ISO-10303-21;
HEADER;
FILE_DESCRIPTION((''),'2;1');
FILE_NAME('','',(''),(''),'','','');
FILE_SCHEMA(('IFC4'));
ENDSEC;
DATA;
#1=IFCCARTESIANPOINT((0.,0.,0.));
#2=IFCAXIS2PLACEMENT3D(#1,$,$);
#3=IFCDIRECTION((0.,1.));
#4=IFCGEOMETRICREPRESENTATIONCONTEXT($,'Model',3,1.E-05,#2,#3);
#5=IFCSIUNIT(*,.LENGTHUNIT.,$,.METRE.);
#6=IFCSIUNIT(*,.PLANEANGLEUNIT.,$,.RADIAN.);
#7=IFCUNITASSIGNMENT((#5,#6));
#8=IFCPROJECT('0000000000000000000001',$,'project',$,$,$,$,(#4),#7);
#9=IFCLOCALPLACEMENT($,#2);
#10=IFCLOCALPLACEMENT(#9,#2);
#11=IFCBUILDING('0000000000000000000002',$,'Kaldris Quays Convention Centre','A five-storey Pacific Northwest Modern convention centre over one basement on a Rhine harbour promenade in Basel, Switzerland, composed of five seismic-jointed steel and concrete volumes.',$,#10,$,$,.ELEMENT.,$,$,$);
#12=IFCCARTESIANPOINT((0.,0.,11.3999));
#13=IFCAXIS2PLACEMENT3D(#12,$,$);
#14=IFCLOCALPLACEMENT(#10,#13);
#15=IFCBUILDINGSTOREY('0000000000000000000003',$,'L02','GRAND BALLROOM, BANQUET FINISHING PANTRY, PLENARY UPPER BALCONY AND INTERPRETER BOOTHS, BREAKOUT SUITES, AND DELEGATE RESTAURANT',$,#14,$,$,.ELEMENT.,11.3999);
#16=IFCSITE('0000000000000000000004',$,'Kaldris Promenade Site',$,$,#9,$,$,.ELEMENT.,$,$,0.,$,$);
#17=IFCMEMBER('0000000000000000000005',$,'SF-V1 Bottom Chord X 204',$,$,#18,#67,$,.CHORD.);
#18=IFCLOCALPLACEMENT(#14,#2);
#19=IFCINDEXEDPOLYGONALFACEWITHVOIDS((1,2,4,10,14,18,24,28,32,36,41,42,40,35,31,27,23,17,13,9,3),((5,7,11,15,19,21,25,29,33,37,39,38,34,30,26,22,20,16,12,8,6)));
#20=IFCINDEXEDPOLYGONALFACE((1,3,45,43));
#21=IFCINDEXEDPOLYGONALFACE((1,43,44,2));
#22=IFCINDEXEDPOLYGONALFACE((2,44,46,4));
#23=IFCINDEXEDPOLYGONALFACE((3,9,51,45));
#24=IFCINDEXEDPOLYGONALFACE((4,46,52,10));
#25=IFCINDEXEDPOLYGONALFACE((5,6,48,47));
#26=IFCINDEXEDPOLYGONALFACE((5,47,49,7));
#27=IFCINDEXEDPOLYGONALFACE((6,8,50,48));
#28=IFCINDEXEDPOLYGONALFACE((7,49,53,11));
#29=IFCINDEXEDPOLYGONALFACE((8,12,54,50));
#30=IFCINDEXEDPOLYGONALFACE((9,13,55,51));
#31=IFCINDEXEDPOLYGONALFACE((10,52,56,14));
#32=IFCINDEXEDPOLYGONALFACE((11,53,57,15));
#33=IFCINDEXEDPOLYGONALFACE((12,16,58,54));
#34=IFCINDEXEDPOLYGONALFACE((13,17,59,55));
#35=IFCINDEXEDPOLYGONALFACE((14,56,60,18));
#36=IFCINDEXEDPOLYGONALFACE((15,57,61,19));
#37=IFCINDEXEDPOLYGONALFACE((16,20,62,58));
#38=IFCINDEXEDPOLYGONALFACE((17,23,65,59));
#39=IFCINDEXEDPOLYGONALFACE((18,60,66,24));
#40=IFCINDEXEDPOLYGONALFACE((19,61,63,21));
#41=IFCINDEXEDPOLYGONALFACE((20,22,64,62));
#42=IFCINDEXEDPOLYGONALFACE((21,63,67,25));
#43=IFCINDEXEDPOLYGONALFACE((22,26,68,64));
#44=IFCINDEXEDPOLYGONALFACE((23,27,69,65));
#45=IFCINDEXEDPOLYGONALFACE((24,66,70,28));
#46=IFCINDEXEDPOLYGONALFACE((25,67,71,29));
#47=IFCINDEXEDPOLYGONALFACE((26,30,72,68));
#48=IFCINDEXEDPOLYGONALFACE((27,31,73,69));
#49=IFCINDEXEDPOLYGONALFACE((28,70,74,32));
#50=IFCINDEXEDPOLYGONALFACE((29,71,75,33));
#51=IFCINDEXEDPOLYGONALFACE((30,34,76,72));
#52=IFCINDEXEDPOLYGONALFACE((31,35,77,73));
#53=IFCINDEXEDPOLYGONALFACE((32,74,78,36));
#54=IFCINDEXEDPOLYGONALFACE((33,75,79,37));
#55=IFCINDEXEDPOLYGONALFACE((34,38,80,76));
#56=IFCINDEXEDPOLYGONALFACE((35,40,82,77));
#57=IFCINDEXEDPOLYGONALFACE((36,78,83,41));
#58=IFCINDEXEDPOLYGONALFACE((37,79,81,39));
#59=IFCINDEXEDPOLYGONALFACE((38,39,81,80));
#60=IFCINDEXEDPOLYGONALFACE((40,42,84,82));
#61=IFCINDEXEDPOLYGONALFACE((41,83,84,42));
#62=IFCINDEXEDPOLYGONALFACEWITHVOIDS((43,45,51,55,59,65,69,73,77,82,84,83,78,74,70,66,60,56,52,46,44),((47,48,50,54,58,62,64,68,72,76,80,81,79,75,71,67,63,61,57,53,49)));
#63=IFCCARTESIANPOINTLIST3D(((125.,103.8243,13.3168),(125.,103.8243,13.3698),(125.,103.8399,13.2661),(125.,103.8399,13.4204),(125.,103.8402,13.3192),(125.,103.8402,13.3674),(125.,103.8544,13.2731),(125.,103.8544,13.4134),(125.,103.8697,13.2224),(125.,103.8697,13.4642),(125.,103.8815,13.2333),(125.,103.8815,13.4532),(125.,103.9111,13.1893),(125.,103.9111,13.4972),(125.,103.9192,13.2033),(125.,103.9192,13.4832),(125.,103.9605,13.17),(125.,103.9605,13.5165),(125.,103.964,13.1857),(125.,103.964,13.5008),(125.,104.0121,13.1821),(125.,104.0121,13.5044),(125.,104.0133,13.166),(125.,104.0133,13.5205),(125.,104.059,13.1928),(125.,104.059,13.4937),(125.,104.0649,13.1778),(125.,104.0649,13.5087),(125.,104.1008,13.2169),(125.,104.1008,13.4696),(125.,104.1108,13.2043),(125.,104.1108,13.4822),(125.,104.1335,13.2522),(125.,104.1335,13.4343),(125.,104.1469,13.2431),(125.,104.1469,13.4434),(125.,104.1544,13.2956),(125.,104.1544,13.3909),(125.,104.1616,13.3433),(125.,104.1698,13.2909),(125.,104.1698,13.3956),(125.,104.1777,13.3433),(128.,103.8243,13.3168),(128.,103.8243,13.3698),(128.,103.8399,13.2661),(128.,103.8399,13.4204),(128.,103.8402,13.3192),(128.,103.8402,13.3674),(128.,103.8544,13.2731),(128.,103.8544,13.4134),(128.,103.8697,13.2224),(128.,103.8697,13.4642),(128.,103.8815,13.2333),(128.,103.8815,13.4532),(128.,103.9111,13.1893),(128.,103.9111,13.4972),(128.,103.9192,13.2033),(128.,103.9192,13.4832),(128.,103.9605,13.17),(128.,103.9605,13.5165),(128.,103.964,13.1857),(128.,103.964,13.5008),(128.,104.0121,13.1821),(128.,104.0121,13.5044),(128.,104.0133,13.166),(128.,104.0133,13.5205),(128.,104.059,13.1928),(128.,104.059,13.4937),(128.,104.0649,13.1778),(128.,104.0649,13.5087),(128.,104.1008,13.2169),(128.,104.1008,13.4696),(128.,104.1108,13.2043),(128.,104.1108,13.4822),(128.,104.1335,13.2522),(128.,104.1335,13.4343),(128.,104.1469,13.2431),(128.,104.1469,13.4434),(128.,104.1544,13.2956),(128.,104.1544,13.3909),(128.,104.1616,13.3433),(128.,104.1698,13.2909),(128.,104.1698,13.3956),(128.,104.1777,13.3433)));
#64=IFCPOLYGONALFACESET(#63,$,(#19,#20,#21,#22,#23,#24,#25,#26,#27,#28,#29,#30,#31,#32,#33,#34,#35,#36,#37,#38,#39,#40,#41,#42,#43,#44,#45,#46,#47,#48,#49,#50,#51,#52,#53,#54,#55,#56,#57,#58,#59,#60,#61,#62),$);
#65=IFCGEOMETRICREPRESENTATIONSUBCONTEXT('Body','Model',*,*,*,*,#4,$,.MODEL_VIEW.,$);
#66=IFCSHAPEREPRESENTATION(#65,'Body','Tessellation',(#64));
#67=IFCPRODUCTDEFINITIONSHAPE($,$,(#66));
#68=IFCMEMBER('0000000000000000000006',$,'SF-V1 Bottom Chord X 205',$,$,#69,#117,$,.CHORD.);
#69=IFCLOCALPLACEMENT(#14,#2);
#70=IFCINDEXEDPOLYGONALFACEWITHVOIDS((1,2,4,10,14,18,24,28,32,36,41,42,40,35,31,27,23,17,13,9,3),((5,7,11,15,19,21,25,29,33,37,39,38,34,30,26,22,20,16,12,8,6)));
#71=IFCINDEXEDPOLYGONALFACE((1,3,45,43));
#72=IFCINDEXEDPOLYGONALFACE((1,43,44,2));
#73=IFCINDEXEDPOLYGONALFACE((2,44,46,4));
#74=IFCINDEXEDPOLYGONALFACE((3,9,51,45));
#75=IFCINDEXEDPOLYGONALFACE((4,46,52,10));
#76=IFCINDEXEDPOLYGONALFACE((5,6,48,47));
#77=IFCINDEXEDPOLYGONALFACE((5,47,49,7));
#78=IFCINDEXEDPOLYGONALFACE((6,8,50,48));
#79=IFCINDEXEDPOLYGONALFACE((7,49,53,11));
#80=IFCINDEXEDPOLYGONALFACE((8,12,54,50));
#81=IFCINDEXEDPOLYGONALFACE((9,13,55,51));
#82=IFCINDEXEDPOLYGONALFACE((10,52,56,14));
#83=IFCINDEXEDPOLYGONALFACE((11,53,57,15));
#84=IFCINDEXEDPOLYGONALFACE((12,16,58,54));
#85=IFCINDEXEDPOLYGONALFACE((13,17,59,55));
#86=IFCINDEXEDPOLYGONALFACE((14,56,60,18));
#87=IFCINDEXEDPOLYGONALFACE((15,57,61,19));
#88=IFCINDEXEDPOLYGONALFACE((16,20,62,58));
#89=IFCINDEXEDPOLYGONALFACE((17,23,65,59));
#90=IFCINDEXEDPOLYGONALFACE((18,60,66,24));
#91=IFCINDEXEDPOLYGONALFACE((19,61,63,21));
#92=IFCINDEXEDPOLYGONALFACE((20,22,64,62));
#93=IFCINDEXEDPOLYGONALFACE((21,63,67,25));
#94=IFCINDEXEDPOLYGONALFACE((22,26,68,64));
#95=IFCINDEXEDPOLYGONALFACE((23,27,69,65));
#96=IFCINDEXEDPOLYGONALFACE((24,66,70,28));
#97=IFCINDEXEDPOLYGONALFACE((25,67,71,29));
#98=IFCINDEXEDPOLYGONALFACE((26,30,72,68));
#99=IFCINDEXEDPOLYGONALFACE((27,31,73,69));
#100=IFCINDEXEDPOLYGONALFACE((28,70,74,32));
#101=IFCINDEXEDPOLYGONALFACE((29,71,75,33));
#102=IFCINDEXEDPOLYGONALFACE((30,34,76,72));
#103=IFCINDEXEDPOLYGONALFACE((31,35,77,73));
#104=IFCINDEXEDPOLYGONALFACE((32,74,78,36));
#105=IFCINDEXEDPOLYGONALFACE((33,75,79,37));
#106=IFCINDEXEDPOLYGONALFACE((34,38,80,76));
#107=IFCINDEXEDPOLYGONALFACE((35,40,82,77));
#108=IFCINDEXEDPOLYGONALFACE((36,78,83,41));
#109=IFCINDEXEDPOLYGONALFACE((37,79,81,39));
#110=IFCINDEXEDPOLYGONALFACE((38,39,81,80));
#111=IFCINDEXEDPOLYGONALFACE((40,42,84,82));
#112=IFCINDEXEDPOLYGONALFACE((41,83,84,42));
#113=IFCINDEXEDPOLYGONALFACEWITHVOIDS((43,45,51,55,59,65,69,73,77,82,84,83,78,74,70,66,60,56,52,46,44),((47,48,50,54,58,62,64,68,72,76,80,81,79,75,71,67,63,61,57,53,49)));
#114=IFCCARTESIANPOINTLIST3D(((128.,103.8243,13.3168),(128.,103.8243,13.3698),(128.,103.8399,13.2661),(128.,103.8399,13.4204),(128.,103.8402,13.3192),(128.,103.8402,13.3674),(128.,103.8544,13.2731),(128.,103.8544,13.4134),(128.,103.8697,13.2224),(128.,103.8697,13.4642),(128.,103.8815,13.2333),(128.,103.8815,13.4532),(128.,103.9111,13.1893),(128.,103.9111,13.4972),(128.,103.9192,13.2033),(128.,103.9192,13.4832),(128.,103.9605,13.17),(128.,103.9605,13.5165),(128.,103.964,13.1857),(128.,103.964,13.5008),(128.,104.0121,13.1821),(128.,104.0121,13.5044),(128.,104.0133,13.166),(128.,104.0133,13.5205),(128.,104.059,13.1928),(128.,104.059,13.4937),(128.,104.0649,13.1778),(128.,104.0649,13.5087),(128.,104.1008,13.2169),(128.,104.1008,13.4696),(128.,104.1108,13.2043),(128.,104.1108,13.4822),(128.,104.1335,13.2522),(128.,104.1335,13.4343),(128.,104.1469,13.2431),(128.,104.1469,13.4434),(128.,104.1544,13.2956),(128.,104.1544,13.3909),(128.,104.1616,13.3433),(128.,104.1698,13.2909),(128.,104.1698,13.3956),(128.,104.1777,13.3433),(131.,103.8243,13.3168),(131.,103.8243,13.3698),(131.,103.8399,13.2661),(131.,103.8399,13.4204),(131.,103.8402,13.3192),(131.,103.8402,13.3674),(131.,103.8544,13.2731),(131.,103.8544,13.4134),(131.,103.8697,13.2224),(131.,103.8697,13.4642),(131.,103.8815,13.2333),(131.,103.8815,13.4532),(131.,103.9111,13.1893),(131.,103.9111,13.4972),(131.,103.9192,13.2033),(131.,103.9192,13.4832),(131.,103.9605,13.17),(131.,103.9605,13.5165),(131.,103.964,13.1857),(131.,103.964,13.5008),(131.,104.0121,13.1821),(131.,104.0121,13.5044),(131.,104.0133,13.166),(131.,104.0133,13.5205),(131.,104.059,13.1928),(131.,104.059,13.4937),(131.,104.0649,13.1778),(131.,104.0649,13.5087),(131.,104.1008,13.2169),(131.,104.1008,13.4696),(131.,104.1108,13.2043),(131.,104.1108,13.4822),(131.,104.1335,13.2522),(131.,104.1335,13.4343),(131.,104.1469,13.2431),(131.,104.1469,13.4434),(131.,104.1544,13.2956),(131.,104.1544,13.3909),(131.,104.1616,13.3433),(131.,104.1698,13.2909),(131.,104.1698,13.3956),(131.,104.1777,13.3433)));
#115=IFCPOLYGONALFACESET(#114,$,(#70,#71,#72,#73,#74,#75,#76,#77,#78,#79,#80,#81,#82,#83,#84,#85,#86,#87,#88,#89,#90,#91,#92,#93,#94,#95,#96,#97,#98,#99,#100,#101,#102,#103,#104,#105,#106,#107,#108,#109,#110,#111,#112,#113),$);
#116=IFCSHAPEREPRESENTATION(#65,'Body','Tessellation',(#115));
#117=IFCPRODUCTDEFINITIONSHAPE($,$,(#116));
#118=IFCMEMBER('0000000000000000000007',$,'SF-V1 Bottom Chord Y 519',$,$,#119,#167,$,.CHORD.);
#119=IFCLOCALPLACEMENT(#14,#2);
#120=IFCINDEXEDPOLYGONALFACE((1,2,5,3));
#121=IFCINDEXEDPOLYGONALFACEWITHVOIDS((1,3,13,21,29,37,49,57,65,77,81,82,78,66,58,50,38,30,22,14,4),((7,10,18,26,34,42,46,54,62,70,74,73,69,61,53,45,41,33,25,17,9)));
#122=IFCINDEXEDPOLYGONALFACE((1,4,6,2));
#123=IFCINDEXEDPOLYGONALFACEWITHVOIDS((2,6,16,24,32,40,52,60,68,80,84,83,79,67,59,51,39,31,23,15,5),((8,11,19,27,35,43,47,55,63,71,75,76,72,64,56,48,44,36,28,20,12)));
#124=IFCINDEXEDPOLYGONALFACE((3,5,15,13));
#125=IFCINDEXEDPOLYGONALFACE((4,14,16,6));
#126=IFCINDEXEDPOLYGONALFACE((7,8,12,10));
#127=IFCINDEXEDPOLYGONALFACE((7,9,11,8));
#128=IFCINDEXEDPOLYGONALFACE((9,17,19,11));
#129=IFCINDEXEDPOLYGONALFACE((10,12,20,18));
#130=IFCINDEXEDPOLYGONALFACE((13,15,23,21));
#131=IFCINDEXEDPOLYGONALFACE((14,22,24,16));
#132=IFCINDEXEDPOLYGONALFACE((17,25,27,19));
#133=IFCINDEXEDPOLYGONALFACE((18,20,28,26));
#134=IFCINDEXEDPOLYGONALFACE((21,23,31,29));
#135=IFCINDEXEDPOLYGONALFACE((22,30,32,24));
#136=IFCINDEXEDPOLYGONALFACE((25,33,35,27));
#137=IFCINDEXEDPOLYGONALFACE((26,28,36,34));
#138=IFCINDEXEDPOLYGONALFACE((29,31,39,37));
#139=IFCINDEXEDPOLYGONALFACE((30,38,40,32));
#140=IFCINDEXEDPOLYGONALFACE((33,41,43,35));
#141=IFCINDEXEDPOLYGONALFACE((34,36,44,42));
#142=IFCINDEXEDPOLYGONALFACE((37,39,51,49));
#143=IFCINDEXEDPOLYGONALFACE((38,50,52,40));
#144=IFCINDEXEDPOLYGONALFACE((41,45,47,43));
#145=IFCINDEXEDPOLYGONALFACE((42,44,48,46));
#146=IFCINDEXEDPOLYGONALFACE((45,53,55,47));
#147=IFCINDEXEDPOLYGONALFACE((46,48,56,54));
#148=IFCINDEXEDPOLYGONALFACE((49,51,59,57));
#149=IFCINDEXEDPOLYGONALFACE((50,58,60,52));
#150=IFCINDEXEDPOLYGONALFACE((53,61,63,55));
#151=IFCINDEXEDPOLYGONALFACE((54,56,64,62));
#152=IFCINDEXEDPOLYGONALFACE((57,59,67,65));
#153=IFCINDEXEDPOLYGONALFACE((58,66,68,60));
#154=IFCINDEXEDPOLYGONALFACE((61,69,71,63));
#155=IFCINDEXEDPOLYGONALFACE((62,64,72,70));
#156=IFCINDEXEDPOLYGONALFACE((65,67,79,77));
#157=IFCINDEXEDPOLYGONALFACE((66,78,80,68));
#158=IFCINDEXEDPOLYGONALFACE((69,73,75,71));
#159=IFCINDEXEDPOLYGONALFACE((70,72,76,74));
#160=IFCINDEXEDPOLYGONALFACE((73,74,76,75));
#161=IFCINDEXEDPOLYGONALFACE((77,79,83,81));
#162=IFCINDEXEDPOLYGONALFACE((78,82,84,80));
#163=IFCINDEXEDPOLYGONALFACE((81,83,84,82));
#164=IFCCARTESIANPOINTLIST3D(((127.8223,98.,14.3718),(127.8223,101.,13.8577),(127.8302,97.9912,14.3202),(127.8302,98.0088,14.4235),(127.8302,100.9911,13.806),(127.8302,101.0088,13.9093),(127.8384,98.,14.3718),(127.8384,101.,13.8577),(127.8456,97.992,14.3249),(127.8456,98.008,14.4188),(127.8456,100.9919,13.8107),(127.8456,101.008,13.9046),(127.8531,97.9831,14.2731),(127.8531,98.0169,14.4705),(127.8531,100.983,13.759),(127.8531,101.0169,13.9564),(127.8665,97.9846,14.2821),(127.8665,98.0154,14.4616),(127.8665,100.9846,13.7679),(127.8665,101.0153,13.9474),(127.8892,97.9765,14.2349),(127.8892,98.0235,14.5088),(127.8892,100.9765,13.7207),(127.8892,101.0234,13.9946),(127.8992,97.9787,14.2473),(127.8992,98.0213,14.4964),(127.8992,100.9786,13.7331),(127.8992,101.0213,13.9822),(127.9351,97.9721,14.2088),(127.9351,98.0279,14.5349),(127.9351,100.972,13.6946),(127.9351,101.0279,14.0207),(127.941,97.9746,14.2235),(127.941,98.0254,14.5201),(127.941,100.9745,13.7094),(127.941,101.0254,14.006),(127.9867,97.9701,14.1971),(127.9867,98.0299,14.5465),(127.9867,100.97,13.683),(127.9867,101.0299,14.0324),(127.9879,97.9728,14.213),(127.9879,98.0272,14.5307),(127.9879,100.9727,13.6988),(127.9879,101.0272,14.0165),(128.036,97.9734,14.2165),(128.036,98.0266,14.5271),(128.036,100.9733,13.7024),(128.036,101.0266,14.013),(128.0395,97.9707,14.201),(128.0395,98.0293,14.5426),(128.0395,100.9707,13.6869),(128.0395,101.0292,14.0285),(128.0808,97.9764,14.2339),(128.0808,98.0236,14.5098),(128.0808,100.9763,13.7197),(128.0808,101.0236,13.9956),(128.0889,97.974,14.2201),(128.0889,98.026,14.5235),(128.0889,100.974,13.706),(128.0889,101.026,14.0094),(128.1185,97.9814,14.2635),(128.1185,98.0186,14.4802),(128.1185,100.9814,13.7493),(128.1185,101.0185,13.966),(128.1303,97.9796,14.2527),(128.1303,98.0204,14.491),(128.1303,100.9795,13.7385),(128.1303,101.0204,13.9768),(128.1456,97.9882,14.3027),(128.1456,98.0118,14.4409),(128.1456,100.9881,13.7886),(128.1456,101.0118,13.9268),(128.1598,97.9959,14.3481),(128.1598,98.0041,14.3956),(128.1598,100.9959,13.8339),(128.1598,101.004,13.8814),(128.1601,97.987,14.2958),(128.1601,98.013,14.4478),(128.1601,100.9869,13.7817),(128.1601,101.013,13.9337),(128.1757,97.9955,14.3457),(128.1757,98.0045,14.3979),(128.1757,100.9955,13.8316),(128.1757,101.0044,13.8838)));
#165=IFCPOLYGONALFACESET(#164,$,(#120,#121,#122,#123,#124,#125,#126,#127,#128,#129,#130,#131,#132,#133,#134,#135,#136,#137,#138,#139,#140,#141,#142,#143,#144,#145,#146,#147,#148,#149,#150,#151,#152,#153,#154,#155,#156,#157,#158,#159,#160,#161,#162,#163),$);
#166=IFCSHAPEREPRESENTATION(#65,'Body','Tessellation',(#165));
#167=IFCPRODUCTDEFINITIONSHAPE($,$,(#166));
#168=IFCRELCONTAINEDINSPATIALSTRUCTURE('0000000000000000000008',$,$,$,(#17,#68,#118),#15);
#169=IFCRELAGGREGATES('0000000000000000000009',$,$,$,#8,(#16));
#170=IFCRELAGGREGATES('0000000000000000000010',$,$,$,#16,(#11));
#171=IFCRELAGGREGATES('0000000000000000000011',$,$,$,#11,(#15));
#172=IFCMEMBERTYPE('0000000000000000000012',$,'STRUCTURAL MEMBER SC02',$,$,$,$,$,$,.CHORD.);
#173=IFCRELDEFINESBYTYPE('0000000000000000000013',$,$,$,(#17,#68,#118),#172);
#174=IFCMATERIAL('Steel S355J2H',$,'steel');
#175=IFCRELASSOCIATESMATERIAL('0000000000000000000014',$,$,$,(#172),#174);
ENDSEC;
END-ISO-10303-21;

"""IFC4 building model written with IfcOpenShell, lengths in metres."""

from ifc_helpers import new_model, si_unit, direction, frame, origin, origin_2d, place, context, subcontext, project, spatial, hollow_circle, extrude, material, material_profile, profile_set, type_object, element, save


model = new_model("IFC4")

# Units and contexts
model_context = context("Model", 3, precision=1e-05, world=origin(), true_north=direction((0.0, 1.0)))
body_context = subcontext(model_context, "Body", "Model", "MODEL_VIEW")
ifc_project = project(units=[si_unit("LENGTHUNIT", "METRE"), si_unit("PLANEANGLEUNIT", "RADIAN")], contexts=[model_context])

# Site, building, storey
site_placement = place(None, origin())
site = spatial("IfcSite", under=ifc_project, at=site_placement, Name="Kaldris Promenade Site", CompositionType="ELEMENT", RefElevation=0.0)
building_placement = place(site_placement, origin())
building = spatial("IfcBuilding", under=site, at=building_placement, Name="Kaldris Quays Convention Centre", Description="A five-storey Pacific Northwest Modern convention centre over one basement on a Rhine harbour promenade in Basel, Switzerland, composed of five seismic-jointed steel and concrete volumes.", CompositionType="ELEMENT")
storey_placement = place(building_placement, frame((0.0, 0.0, 11.3999)))
storey = spatial("IfcBuildingStorey", under=building, at=storey_placement, Name="L02", Description="GRAND BALLROOM, BANQUET FINISHING PANTRY, PLENARY UPPER BALCONY AND INTERPRETER BOOTHS, BREAKOUT SUITES, AND DELEGATE RESTAURANT", CompositionType="ELEMENT", Elevation=11.3999)

# Members
ifc_material_1 = material(Name="Steel S355J2H", Category="steel")
ifc_material_profile_1 = material_profile(ifc_material_1, hollow_circle(Radius=0.1777, WallThickness=0.0161, at=origin_2d()), Name="CHS 355.6x16")
ifc_profile_set_1 = profile_set([ifc_material_profile_1], Name="Steel S355J2H")
member_type_1 = type_object("IfcMemberType", Name="STRUCTURAL MEMBER SC02", PredefinedType="CHORD", material=ifc_profile_set_1)
for number, where, z_axis, x_axis, name in (
    (1, (125.0, 104.0, 13.3433), (1.0, 0.0, 0.0), (0.0, 1.0, 0.0), "SF-V1 Bottom Chord X 204"),
    (2, (128.0, 104.0, 13.3433), (1.0, 0.0, 0.0), (0.0, 1.0, 0.0), "SF-V1 Bottom Chord X 205"),
):
    element("IfcMember", number, at=place(storey_placement, frame(where, z_axis=z_axis, x_axis=x_axis)), inside=storey, type_object=member_type_1, Name=name, PredefinedType="CHORD", context=body_context, shape_type="SweptSolid", body=[
        extrude(hollow_circle(Radius=0.1777, WallThickness=0.0161, at=origin_2d()), origin(), (0.0, 0.0, 1.0), 3.0),
    ])
for number, where, z_axis, x_axis, name in (
    (3, (128.0, 98.0, 14.3718), (0.0, 0.985629, -0.168924), (-1.0, 0.0, 0.0), "SF-V1 Bottom Chord Y 519"),
):
    element("IfcMember", number, at=place(storey_placement, frame(where, z_axis=z_axis, x_axis=x_axis)), inside=storey, type_object=member_type_1, Name=name, PredefinedType="CHORD", context=body_context, shape_type="SweptSolid", body=[
        extrude(hollow_circle(Radius=0.1777, WallThickness=0.0161, at=origin_2d()), origin(), (0.0, 0.0, 1.0), 3.0437),
    ])

save(model, "model.ifc")
